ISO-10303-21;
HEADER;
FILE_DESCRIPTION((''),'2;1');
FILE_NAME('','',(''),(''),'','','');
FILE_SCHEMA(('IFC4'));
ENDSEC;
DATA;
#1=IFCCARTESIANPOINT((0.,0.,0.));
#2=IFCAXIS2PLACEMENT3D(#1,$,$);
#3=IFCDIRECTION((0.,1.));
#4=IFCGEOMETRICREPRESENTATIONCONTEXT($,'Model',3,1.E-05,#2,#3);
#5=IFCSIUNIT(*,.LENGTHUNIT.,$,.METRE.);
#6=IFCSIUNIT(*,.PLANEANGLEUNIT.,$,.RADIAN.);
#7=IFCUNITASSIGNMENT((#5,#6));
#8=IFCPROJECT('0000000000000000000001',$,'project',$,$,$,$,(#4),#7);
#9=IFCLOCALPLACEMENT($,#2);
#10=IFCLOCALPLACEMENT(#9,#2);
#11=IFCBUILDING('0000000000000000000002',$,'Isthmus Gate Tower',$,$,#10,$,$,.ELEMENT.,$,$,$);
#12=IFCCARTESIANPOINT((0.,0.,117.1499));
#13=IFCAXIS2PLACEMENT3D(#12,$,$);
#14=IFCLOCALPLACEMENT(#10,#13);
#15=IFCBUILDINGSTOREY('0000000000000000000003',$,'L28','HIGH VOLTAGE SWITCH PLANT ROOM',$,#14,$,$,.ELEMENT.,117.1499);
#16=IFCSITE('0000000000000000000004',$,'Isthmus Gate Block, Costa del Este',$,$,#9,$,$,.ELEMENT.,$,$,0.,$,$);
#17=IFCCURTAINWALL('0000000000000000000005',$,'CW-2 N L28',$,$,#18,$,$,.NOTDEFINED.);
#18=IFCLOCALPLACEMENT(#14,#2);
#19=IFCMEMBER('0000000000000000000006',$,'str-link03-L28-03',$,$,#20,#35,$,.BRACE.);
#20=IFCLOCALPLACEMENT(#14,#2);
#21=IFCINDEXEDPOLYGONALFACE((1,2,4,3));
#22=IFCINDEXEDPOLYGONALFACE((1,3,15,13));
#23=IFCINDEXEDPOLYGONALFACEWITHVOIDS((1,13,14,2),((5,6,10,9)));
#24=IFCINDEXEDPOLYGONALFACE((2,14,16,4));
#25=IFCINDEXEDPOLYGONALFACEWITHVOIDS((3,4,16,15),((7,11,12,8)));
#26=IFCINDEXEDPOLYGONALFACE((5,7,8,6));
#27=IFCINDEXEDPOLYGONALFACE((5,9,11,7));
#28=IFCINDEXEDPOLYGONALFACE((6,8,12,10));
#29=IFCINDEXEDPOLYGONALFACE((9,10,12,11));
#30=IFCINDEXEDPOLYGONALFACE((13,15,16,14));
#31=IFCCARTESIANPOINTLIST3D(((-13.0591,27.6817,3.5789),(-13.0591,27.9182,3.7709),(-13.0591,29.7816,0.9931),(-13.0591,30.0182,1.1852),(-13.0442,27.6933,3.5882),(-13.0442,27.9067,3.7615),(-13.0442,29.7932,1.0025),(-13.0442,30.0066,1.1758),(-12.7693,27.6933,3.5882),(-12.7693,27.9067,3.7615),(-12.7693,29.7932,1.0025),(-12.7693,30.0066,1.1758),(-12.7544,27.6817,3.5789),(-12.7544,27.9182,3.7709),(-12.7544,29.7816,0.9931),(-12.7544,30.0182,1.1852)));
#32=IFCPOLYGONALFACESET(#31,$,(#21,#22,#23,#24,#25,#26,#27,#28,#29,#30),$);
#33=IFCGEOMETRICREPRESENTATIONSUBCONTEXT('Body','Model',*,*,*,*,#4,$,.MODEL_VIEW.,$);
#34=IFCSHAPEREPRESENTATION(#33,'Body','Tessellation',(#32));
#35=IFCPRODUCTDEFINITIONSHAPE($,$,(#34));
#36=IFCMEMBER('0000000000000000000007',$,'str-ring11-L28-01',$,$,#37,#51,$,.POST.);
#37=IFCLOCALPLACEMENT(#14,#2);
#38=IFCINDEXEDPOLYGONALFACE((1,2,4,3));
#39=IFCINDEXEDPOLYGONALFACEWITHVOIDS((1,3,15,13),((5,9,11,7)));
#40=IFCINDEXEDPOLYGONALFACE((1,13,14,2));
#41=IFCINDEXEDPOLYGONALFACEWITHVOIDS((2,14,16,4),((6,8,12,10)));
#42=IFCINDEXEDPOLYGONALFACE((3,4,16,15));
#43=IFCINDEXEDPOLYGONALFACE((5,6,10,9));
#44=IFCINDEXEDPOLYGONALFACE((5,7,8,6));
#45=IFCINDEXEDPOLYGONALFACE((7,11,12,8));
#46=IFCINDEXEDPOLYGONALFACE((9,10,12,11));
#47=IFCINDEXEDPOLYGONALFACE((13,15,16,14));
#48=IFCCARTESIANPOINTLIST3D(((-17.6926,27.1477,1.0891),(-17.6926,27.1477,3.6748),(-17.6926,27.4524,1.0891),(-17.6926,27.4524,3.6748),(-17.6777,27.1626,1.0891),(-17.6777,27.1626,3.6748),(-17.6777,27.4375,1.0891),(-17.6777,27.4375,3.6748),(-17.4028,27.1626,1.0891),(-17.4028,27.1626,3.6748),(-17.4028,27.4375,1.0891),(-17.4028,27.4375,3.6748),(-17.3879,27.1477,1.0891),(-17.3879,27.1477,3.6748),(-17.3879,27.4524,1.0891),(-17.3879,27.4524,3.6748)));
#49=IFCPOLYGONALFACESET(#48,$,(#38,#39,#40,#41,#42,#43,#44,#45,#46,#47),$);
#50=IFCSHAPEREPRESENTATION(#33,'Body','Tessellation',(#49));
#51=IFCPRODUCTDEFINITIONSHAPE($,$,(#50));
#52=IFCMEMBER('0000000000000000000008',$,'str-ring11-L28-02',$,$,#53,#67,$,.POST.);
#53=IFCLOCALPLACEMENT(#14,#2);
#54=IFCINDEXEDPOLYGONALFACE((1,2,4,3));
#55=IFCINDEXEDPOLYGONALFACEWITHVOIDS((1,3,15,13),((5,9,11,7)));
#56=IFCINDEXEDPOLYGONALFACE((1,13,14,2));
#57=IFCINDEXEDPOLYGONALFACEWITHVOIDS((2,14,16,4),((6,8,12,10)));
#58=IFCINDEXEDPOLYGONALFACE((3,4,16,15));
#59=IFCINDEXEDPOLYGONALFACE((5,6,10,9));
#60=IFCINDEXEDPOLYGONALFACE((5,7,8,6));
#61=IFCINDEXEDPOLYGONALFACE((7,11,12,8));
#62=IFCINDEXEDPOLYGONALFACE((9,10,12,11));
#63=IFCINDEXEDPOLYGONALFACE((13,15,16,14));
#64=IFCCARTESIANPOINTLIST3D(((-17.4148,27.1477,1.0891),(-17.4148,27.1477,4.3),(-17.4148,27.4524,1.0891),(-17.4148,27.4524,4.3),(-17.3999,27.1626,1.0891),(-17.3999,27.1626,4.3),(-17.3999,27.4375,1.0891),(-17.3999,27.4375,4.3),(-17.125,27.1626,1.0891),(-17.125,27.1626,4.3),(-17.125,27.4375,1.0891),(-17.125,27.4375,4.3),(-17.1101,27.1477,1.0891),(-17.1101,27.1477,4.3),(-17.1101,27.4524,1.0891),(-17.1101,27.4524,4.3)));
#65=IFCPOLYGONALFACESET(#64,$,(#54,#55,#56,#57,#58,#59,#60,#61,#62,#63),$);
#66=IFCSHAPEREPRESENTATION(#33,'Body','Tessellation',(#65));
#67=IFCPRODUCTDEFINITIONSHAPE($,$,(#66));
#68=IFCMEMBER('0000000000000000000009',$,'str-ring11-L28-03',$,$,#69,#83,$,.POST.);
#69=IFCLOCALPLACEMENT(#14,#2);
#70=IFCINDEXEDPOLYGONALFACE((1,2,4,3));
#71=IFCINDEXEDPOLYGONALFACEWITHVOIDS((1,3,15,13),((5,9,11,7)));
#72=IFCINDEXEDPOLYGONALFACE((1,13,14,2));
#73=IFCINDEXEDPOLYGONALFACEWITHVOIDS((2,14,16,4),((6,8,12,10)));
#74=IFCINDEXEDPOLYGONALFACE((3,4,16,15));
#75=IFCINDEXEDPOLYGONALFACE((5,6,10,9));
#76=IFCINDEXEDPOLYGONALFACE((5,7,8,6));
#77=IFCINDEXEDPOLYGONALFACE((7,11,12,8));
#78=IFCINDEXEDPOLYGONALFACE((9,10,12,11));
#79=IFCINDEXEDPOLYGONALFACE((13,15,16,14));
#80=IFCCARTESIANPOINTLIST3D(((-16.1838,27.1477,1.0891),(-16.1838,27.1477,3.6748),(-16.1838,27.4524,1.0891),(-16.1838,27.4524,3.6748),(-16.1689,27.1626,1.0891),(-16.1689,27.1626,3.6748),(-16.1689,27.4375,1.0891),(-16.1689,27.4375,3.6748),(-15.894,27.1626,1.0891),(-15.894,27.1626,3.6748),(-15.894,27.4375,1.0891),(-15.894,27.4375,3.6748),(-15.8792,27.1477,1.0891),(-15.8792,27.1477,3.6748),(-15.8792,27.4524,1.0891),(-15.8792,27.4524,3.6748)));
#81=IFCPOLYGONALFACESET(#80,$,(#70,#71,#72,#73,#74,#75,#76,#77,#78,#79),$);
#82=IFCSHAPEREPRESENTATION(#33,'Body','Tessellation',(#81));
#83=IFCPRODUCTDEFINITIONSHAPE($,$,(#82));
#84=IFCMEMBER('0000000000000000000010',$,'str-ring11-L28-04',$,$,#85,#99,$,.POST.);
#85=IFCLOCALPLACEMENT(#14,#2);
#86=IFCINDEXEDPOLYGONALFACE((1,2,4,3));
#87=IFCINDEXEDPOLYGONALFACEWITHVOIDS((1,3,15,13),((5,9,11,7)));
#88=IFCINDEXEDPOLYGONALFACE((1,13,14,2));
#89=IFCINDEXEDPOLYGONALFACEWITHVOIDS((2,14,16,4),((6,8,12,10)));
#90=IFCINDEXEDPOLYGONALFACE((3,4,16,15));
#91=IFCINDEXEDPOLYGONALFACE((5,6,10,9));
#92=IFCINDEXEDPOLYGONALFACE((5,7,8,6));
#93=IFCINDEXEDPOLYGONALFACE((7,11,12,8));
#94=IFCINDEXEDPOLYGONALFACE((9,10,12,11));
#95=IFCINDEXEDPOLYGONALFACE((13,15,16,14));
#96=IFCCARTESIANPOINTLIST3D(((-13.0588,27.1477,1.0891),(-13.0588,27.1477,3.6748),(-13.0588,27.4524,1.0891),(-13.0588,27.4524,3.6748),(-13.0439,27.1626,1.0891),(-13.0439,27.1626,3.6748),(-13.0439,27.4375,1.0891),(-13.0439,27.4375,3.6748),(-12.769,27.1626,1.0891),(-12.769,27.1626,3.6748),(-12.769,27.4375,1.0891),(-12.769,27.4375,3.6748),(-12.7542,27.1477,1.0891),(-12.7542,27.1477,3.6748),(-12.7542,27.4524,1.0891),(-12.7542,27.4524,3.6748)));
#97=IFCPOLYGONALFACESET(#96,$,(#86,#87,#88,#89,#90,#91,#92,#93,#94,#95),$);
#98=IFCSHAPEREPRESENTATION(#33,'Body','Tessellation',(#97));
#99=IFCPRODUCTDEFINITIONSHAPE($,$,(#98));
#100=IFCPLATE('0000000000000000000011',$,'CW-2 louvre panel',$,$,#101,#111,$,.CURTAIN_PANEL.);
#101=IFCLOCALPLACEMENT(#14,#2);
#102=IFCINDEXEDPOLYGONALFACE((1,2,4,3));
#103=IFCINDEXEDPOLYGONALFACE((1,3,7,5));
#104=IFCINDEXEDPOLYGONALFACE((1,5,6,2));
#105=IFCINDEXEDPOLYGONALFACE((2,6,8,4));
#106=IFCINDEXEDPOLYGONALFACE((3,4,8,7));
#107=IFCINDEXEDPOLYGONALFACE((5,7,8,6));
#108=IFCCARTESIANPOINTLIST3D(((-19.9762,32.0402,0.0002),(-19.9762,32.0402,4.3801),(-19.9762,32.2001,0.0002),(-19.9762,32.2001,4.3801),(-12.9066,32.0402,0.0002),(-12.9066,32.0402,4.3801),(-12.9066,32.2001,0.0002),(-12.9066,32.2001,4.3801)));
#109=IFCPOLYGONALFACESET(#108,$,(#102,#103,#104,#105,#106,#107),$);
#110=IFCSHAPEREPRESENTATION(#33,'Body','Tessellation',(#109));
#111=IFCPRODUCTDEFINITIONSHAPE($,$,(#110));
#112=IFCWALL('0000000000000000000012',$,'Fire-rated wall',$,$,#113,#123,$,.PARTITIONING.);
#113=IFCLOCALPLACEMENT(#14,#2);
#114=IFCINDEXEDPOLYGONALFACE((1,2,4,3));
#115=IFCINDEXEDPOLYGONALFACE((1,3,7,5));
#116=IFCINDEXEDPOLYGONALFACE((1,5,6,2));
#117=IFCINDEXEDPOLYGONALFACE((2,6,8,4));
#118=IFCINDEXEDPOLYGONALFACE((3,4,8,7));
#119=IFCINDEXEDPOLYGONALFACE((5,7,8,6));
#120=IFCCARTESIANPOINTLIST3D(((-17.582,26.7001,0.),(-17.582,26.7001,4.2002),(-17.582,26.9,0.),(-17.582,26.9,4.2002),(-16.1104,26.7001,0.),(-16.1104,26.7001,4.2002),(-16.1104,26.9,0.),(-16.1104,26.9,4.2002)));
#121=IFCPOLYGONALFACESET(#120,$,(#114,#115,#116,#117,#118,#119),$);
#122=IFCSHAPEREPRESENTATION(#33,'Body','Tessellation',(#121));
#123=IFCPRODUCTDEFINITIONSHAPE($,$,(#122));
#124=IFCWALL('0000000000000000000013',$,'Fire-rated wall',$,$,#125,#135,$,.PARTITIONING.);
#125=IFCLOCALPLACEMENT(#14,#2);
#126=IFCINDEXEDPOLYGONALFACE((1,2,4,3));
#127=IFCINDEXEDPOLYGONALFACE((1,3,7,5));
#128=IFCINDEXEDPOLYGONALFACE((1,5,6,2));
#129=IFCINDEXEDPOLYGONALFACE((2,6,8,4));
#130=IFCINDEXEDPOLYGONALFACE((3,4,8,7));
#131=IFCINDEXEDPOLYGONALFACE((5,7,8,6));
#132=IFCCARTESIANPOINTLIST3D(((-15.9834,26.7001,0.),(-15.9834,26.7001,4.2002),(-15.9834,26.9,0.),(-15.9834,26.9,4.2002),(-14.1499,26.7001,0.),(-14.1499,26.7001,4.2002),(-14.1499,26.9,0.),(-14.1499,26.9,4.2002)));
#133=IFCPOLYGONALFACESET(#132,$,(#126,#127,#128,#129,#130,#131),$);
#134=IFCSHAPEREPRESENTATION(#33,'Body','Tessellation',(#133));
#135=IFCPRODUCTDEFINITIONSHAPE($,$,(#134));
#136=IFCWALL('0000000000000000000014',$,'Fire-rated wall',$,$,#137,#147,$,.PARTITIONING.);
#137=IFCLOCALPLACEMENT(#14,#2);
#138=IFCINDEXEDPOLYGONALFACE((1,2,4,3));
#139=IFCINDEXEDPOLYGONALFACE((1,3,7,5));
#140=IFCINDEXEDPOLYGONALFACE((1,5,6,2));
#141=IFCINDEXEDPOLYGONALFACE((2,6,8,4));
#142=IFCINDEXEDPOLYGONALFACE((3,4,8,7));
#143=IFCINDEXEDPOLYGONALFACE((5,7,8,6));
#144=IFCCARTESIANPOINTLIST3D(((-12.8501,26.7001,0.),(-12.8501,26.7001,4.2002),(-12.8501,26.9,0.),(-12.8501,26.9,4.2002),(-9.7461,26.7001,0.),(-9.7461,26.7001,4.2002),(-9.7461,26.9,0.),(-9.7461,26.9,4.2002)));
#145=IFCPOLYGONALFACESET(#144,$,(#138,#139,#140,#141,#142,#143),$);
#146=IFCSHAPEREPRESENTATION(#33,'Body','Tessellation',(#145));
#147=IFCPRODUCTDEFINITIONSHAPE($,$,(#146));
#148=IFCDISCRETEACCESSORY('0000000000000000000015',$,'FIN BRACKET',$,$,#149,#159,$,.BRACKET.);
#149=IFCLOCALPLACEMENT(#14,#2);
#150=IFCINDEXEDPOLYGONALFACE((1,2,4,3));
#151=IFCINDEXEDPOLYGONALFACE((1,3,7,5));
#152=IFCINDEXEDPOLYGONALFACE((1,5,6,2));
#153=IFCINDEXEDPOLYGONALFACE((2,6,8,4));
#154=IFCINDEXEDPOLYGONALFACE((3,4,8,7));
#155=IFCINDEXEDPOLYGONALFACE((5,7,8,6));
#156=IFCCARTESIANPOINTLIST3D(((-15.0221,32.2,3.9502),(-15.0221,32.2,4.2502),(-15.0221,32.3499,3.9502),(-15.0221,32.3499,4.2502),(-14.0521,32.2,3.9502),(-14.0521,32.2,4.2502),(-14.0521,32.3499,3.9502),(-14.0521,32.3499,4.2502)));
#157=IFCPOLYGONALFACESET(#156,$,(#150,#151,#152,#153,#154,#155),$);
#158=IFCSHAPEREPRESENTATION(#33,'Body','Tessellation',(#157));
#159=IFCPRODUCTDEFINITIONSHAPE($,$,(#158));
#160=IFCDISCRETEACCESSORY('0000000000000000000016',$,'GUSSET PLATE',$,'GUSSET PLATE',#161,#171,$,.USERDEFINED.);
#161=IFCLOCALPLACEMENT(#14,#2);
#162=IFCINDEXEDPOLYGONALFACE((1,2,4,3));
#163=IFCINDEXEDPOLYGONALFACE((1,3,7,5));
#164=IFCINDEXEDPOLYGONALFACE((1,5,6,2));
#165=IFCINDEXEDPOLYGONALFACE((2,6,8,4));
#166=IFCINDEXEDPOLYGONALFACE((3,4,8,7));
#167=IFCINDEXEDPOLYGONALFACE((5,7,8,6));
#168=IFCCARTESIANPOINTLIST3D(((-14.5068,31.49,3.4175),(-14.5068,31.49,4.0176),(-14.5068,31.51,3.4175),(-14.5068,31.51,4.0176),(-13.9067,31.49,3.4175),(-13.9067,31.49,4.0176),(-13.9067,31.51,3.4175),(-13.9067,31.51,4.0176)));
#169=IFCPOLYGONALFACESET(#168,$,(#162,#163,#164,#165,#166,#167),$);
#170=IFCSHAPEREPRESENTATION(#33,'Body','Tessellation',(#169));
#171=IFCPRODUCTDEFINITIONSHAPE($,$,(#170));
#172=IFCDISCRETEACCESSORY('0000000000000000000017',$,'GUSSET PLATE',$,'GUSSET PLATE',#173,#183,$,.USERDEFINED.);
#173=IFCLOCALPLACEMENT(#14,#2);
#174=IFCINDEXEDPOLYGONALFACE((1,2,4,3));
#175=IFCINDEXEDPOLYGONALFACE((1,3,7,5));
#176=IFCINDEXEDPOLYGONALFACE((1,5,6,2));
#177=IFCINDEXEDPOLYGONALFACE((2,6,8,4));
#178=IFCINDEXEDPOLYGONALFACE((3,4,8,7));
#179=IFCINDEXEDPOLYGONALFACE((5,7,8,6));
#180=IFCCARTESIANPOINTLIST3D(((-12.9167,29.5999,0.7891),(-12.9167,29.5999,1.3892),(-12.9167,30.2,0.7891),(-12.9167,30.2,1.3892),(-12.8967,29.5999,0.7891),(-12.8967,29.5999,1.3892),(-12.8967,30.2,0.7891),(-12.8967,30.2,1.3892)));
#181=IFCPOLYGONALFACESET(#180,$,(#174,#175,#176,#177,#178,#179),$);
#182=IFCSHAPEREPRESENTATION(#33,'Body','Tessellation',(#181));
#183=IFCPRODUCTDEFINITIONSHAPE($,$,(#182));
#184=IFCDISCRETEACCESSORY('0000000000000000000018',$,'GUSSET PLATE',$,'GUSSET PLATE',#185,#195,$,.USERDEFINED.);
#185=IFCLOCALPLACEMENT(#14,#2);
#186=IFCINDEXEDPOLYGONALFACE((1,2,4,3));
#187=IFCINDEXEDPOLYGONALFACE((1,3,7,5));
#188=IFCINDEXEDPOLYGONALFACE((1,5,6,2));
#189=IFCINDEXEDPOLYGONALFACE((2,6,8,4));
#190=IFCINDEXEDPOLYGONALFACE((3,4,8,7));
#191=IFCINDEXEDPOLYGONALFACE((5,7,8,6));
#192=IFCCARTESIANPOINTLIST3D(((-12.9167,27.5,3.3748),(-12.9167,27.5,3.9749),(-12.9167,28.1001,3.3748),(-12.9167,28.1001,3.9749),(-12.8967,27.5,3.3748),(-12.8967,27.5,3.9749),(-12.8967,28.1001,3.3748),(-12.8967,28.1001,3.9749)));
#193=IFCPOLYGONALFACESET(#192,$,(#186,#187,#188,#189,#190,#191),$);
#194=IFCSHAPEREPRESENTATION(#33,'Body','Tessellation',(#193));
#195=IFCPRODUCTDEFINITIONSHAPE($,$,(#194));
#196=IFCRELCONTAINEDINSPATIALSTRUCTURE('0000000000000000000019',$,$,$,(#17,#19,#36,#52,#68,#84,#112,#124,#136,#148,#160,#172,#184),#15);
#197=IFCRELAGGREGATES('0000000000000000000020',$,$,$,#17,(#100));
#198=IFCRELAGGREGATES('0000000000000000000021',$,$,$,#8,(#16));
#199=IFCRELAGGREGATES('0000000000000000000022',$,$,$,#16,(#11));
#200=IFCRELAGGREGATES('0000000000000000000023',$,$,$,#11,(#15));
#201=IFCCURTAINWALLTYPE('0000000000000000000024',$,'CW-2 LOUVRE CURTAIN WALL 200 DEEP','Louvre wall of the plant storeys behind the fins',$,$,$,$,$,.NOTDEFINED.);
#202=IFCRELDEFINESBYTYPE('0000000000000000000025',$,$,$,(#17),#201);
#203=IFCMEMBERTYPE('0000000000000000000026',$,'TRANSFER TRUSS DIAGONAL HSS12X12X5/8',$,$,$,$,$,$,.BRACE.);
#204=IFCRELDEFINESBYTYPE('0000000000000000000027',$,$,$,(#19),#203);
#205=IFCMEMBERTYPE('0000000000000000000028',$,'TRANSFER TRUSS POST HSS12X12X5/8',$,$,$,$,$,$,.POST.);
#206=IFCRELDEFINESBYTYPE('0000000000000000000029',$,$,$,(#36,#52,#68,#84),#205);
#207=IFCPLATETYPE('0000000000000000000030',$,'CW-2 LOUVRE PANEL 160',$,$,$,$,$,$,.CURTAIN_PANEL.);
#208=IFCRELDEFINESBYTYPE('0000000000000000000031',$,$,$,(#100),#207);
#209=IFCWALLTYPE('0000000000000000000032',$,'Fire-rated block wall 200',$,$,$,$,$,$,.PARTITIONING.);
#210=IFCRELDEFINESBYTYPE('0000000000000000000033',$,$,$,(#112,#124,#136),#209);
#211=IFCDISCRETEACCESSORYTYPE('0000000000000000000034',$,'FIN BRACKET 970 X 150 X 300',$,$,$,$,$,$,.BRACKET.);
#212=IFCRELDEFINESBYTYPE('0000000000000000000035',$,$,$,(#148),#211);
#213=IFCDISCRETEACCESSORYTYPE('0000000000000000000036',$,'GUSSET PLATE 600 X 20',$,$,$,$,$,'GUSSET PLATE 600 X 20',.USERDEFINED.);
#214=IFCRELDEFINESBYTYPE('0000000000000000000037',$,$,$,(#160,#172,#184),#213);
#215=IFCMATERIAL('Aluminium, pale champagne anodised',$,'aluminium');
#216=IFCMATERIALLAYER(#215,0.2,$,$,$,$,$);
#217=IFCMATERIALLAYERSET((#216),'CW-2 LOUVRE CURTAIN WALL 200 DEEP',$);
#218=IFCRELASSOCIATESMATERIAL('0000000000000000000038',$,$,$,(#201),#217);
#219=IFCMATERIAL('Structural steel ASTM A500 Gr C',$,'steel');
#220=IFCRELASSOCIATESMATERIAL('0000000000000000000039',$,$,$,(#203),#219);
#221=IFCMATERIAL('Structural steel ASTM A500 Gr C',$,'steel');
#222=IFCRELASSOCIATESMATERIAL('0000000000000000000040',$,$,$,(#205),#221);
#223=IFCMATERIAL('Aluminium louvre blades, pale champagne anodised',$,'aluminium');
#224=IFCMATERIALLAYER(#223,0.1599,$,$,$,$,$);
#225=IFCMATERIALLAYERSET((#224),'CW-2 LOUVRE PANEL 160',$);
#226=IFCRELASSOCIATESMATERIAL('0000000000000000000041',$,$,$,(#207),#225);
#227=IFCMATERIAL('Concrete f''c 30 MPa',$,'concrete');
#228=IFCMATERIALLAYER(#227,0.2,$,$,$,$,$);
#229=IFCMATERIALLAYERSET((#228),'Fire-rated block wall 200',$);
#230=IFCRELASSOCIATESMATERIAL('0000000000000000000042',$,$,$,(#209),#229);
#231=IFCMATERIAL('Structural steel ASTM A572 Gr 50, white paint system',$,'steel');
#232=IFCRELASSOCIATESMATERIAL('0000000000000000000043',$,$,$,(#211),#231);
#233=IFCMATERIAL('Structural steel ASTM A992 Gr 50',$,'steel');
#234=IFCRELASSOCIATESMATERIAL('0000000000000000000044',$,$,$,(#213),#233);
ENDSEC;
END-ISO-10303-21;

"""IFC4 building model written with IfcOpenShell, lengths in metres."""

from ifc_helpers import new_model, si_unit, direction, frame, frame_2d, origin, origin_2d, place, context, subcontext, project, spatial, rectangle, hollow_rectangle, extrude, material, layer, layer_set, material_profile, profile_set, type_object, element, aggregate, save


model = new_model("IFC4")

# Units and contexts
model_context = context("Model", 3, precision=1e-05, world=origin(), true_north=direction((0.0, 1.0)))
body_context = subcontext(model_context, "Body", "Model", "MODEL_VIEW")
ifc_project = project(units=[si_unit("LENGTHUNIT", "METRE"), si_unit("PLANEANGLEUNIT", "RADIAN")], contexts=[model_context])

# Site, building, storey
site_placement = place(None, origin())
site = spatial("IfcSite", under=ifc_project, at=site_placement, Name="Isthmus Gate Block, Costa del Este", CompositionType="ELEMENT", RefElevation=0.0)
building_placement = place(site_placement, origin())
building = spatial("IfcBuilding", under=site, at=building_placement, Name="Isthmus Gate Tower", CompositionType="ELEMENT")
storey_placement = place(building_placement, frame((0.0, 0.0, 117.1499)))
storey = spatial("IfcBuildingStorey", under=building, at=storey_placement, Name="L28", Description="HIGH VOLTAGE SWITCH PLANT ROOM", CompositionType="ELEMENT", Elevation=117.1499)

# Curtain wall
ifc_material_1 = material(Name="Aluminium, pale champagne anodised", Category="aluminium")
ifc_layer_1 = layer(ifc_material_1, 0.2)
ifc_layer_set_1 = layer_set([ifc_layer_1], Name="CW-2 LOUVRE CURTAIN WALL 200 DEEP")
curtain_wall_type = type_object("IfcCurtainWallType", Name="CW-2 LOUVRE CURTAIN WALL 200 DEEP", Description="Louvre wall of the plant storeys behind the fins", PredefinedType="NOTDEFINED", material=ifc_layer_set_1)
curtain_wall_placement = place(storey_placement, origin())
curtain_wall = element("IfcCurtainWall", 1, at=curtain_wall_placement, inside=storey, type_object=curtain_wall_type, Name="CW-2 N L28", PredefinedType="NOTDEFINED")

# Members
ifc_material_2 = material(Name="Structural steel ASTM A500 Gr C", Category="steel")
ifc_material_profile_1 = material_profile(ifc_material_2, hollow_rectangle(XDim=0.3047, YDim=0.3047, WallThickness=0.0149, at=origin_2d()), Name="HSS12X12X5/8")
ifc_profile_set_1 = profile_set([ifc_material_profile_1], Name="Structural steel ASTM A500 Gr C")
member_type_1 = type_object("IfcMemberType", Name="TRANSFER TRUSS DIAGONAL HSS12X12X5/8", PredefinedType="BRACE", material=ifc_profile_set_1)
member_1_placement = place(storey_placement, frame((-12.9067, 29.8999, 1.0891), z_axis=(0.0, -0.630408, 0.776264), x_axis=(1.0, 0.0, 0.0)))
element("IfcMember", 2, at=member_1_placement, inside=storey, type_object=member_type_1, Name="str-link03-L28-03", PredefinedType="BRACE", context=body_context, shape_type="SweptSolid", body=[
    extrude(hollow_rectangle(XDim=0.3047, YDim=0.3047, WallThickness=0.0149, at=origin_2d()), origin(), (0.0, 0.0, 1.0), 3.3311),
])
ifc_material_3 = material(Name="Structural steel ASTM A500 Gr C", Category="steel")
ifc_material_profile_2 = material_profile(ifc_material_3, hollow_rectangle(XDim=0.3047, YDim=0.3047, WallThickness=0.0149, at=origin_2d()), Name="HSS12X12X5/8")
ifc_profile_set_2 = profile_set([ifc_material_profile_2], Name="Structural steel ASTM A500 Gr C")
member_type_2 = type_object("IfcMemberType", Name="TRANSFER TRUSS POST HSS12X12X5/8", PredefinedType="POST", material=ifc_profile_set_2)
member_2_placement = place(storey_placement, frame((-17.5403, 27.3, 1.0891), z_axis=(0.0, 0.0, 1.0), x_axis=(1.0, 0.0, 0.0)))
element("IfcMember", 3, at=member_2_placement, inside=storey, type_object=member_type_2, Name="str-ring11-L28-01", PredefinedType="POST", context=body_context, shape_type="SweptSolid", body=[
    extrude(hollow_rectangle(XDim=0.3047, YDim=0.3047, WallThickness=0.0149, at=origin_2d()), origin(), (0.0, 0.0, 1.0), 2.5857),
])
member_3_placement = place(storey_placement, frame((-17.2625, 27.3, 1.0891), z_axis=(0.0, 0.0, 1.0), x_axis=(1.0, 0.0, 0.0)))
element("IfcMember", 4, at=member_3_placement, inside=storey, type_object=member_type_2, Name="str-ring11-L28-02", PredefinedType="POST", context=body_context, shape_type="SweptSolid", body=[
    extrude(hollow_rectangle(XDim=0.3047, YDim=0.3047, WallThickness=0.0149, at=origin_2d()), origin(), (0.0, 0.0, 1.0), 3.2109),
])
for number, where, z_axis, x_axis, name in (
    (5, (-16.0315, 27.3, 1.0891), (0.0, 0.0, 1.0), (1.0, 0.0, 0.0), "str-ring11-L28-03"),
    (6, (-12.9065, 27.3, 1.0891), (0.0, 0.0, 1.0), (1.0, 0.0, 0.0), "str-ring11-L28-04"),
):
    element("IfcMember", number, at=place(storey_placement, frame(where, z_axis=z_axis, x_axis=x_axis)), inside=storey, type_object=member_type_2, Name=name, PredefinedType="POST", context=body_context, shape_type="SweptSolid", body=[
        extrude(hollow_rectangle(XDim=0.3047, YDim=0.3047, WallThickness=0.0149, at=origin_2d()), origin(), (0.0, 0.0, 1.0), 2.5857),
    ])

# Plate
ifc_material_4 = material(Name="Aluminium louvre blades, pale champagne anodised", Category="aluminium")
ifc_layer_2 = layer(ifc_material_4, 0.1599)
ifc_layer_set_2 = layer_set([ifc_layer_2], Name="CW-2 LOUVRE PANEL 160")
plate_type = type_object("IfcPlateType", Name="CW-2 LOUVRE PANEL 160", PredefinedType="CURTAIN_PANEL", material=ifc_layer_set_2)
plate_placement = place(storey_placement, frame((-16.4414, 32.1201, 0.0002), z_axis=(0.0, 0.0, 1.0), x_axis=(-1.0, 0.0, 0.0)))
plate = element("IfcPlate", 7, at=plate_placement, type_object=plate_type, Name="CW-2 louvre panel", PredefinedType="CURTAIN_PANEL", context=body_context, shape_type="SweptSolid", body=[
    extrude(rectangle(XDim=7.0696, YDim=0.1599, at=origin_2d()), origin(), (0.0, 0.0, 1.0), 4.3799),
])
aggregate(curtain_wall, [plate])

# Walls
ifc_material_5 = material(Name="Concrete f'c 30 MPa", Category="concrete")
ifc_layer_3 = layer(ifc_material_5, 0.2)
ifc_layer_set_3 = layer_set([ifc_layer_3], Name="Fire-rated block wall 200")
wall_type = type_object("IfcWallType", Name="Fire-rated block wall 200", PredefinedType="PARTITIONING", material=ifc_layer_set_3)
wall_1_placement = place(storey_placement, frame((-17.582, 26.8, 0.0), z_axis=(0.0, 0.0, 1.0), x_axis=(1.0, 0.0, 0.0)))
element("IfcWall", 8, at=wall_1_placement, inside=storey, type_object=wall_type, Name="Fire-rated wall", PredefinedType="PARTITIONING", context=body_context, shape_type="SweptSolid", body=[
    extrude(rectangle(XDim=1.4717, YDim=0.2, at=frame_2d((0.7358, 0.0))), origin(), (0.0, 0.0, 1.0), 4.2002),
])
wall_2_placement = place(storey_placement, frame((-15.9834, 26.8, 0.0), z_axis=(0.0, 0.0, 1.0), x_axis=(1.0, 0.0, 0.0)))
element("IfcWall", 9, at=wall_2_placement, inside=storey, type_object=wall_type, Name="Fire-rated wall", PredefinedType="PARTITIONING", context=body_context, shape_type="SweptSolid", body=[
    extrude(rectangle(XDim=1.8335, YDim=0.2, at=frame_2d((0.9167, 0.0))), origin(), (0.0, 0.0, 1.0), 4.2002),
])
wall_3_placement = place(storey_placement, frame((-12.8501, 26.8, 0.0), z_axis=(0.0, 0.0, 1.0), x_axis=(1.0, 0.0, 0.0)))
element("IfcWall", 10, at=wall_3_placement, inside=storey, type_object=wall_type, Name="Fire-rated wall", PredefinedType="PARTITIONING", context=body_context, shape_type="SweptSolid", body=[
    extrude(rectangle(XDim=3.104, YDim=0.2, at=frame_2d((1.552, 0.0))), origin(), (0.0, 0.0, 1.0), 4.2002),
])

# Discrete accessories
ifc_material_6 = material(Name="Structural steel ASTM A572 Gr 50, white paint system", Category="steel")
discrete_accessory_type_1 = type_object("IfcDiscreteAccessoryType", Name="FIN BRACKET 970 X 150 X 300", PredefinedType="BRACKET", material=ifc_material_6)
discrete_accessory_placement = place(storey_placement, frame((-14.5371, 32.2749, 3.9502), z_axis=(0.0, 0.0, 1.0), x_axis=(0.0, 1.0, 0.0)))
element("IfcDiscreteAccessory", 11, at=discrete_accessory_placement, inside=storey, type_object=discrete_accessory_type_1, Name="FIN BRACKET", PredefinedType="BRACKET", context=body_context, shape_type="SweptSolid", body=[
    extrude(rectangle(XDim=0.1499, YDim=0.97, at=origin_2d()), origin(), (0.0, 0.0, 1.0), 0.3),
])
ifc_material_7 = material(Name="Structural steel ASTM A992 Gr 50", Category="steel")
discrete_accessory_type_2 = type_object("IfcDiscreteAccessoryType", Name="GUSSET PLATE 600 X 20", ElementType="GUSSET PLATE 600 X 20", PredefinedType="USERDEFINED", material=ifc_material_7)
for number, where, z_axis, x_axis, name in (
    (12, (-14.2068, 31.5, 3.4175), (0.0, 0.0, 1.0), (1.0, 0.0, 0.0), "GUSSET PLATE"),
    (13, (-12.9067, 29.8999, 0.7891), (0.0, 0.0, 1.0), (0.0, -1.0, 0.0), "GUSSET PLATE"),
    (14, (-12.9067, 27.8, 3.3748), (0.0, 0.0, 1.0), (0.0, -1.0, 0.0), "GUSSET PLATE"),
):
    element("IfcDiscreteAccessory", number, at=place(storey_placement, frame(where, z_axis=z_axis, x_axis=x_axis)), inside=storey, type_object=discrete_accessory_type_2, Name=name, ObjectType="GUSSET PLATE", PredefinedType="USERDEFINED", context=body_context, shape_type="SweptSolid", body=[
        extrude(rectangle(XDim=0.6001, YDim=0.02, at=origin_2d()), origin(), (0.0, 0.0, 1.0), 0.6001),
    ])

save(model, "model.ifc")
